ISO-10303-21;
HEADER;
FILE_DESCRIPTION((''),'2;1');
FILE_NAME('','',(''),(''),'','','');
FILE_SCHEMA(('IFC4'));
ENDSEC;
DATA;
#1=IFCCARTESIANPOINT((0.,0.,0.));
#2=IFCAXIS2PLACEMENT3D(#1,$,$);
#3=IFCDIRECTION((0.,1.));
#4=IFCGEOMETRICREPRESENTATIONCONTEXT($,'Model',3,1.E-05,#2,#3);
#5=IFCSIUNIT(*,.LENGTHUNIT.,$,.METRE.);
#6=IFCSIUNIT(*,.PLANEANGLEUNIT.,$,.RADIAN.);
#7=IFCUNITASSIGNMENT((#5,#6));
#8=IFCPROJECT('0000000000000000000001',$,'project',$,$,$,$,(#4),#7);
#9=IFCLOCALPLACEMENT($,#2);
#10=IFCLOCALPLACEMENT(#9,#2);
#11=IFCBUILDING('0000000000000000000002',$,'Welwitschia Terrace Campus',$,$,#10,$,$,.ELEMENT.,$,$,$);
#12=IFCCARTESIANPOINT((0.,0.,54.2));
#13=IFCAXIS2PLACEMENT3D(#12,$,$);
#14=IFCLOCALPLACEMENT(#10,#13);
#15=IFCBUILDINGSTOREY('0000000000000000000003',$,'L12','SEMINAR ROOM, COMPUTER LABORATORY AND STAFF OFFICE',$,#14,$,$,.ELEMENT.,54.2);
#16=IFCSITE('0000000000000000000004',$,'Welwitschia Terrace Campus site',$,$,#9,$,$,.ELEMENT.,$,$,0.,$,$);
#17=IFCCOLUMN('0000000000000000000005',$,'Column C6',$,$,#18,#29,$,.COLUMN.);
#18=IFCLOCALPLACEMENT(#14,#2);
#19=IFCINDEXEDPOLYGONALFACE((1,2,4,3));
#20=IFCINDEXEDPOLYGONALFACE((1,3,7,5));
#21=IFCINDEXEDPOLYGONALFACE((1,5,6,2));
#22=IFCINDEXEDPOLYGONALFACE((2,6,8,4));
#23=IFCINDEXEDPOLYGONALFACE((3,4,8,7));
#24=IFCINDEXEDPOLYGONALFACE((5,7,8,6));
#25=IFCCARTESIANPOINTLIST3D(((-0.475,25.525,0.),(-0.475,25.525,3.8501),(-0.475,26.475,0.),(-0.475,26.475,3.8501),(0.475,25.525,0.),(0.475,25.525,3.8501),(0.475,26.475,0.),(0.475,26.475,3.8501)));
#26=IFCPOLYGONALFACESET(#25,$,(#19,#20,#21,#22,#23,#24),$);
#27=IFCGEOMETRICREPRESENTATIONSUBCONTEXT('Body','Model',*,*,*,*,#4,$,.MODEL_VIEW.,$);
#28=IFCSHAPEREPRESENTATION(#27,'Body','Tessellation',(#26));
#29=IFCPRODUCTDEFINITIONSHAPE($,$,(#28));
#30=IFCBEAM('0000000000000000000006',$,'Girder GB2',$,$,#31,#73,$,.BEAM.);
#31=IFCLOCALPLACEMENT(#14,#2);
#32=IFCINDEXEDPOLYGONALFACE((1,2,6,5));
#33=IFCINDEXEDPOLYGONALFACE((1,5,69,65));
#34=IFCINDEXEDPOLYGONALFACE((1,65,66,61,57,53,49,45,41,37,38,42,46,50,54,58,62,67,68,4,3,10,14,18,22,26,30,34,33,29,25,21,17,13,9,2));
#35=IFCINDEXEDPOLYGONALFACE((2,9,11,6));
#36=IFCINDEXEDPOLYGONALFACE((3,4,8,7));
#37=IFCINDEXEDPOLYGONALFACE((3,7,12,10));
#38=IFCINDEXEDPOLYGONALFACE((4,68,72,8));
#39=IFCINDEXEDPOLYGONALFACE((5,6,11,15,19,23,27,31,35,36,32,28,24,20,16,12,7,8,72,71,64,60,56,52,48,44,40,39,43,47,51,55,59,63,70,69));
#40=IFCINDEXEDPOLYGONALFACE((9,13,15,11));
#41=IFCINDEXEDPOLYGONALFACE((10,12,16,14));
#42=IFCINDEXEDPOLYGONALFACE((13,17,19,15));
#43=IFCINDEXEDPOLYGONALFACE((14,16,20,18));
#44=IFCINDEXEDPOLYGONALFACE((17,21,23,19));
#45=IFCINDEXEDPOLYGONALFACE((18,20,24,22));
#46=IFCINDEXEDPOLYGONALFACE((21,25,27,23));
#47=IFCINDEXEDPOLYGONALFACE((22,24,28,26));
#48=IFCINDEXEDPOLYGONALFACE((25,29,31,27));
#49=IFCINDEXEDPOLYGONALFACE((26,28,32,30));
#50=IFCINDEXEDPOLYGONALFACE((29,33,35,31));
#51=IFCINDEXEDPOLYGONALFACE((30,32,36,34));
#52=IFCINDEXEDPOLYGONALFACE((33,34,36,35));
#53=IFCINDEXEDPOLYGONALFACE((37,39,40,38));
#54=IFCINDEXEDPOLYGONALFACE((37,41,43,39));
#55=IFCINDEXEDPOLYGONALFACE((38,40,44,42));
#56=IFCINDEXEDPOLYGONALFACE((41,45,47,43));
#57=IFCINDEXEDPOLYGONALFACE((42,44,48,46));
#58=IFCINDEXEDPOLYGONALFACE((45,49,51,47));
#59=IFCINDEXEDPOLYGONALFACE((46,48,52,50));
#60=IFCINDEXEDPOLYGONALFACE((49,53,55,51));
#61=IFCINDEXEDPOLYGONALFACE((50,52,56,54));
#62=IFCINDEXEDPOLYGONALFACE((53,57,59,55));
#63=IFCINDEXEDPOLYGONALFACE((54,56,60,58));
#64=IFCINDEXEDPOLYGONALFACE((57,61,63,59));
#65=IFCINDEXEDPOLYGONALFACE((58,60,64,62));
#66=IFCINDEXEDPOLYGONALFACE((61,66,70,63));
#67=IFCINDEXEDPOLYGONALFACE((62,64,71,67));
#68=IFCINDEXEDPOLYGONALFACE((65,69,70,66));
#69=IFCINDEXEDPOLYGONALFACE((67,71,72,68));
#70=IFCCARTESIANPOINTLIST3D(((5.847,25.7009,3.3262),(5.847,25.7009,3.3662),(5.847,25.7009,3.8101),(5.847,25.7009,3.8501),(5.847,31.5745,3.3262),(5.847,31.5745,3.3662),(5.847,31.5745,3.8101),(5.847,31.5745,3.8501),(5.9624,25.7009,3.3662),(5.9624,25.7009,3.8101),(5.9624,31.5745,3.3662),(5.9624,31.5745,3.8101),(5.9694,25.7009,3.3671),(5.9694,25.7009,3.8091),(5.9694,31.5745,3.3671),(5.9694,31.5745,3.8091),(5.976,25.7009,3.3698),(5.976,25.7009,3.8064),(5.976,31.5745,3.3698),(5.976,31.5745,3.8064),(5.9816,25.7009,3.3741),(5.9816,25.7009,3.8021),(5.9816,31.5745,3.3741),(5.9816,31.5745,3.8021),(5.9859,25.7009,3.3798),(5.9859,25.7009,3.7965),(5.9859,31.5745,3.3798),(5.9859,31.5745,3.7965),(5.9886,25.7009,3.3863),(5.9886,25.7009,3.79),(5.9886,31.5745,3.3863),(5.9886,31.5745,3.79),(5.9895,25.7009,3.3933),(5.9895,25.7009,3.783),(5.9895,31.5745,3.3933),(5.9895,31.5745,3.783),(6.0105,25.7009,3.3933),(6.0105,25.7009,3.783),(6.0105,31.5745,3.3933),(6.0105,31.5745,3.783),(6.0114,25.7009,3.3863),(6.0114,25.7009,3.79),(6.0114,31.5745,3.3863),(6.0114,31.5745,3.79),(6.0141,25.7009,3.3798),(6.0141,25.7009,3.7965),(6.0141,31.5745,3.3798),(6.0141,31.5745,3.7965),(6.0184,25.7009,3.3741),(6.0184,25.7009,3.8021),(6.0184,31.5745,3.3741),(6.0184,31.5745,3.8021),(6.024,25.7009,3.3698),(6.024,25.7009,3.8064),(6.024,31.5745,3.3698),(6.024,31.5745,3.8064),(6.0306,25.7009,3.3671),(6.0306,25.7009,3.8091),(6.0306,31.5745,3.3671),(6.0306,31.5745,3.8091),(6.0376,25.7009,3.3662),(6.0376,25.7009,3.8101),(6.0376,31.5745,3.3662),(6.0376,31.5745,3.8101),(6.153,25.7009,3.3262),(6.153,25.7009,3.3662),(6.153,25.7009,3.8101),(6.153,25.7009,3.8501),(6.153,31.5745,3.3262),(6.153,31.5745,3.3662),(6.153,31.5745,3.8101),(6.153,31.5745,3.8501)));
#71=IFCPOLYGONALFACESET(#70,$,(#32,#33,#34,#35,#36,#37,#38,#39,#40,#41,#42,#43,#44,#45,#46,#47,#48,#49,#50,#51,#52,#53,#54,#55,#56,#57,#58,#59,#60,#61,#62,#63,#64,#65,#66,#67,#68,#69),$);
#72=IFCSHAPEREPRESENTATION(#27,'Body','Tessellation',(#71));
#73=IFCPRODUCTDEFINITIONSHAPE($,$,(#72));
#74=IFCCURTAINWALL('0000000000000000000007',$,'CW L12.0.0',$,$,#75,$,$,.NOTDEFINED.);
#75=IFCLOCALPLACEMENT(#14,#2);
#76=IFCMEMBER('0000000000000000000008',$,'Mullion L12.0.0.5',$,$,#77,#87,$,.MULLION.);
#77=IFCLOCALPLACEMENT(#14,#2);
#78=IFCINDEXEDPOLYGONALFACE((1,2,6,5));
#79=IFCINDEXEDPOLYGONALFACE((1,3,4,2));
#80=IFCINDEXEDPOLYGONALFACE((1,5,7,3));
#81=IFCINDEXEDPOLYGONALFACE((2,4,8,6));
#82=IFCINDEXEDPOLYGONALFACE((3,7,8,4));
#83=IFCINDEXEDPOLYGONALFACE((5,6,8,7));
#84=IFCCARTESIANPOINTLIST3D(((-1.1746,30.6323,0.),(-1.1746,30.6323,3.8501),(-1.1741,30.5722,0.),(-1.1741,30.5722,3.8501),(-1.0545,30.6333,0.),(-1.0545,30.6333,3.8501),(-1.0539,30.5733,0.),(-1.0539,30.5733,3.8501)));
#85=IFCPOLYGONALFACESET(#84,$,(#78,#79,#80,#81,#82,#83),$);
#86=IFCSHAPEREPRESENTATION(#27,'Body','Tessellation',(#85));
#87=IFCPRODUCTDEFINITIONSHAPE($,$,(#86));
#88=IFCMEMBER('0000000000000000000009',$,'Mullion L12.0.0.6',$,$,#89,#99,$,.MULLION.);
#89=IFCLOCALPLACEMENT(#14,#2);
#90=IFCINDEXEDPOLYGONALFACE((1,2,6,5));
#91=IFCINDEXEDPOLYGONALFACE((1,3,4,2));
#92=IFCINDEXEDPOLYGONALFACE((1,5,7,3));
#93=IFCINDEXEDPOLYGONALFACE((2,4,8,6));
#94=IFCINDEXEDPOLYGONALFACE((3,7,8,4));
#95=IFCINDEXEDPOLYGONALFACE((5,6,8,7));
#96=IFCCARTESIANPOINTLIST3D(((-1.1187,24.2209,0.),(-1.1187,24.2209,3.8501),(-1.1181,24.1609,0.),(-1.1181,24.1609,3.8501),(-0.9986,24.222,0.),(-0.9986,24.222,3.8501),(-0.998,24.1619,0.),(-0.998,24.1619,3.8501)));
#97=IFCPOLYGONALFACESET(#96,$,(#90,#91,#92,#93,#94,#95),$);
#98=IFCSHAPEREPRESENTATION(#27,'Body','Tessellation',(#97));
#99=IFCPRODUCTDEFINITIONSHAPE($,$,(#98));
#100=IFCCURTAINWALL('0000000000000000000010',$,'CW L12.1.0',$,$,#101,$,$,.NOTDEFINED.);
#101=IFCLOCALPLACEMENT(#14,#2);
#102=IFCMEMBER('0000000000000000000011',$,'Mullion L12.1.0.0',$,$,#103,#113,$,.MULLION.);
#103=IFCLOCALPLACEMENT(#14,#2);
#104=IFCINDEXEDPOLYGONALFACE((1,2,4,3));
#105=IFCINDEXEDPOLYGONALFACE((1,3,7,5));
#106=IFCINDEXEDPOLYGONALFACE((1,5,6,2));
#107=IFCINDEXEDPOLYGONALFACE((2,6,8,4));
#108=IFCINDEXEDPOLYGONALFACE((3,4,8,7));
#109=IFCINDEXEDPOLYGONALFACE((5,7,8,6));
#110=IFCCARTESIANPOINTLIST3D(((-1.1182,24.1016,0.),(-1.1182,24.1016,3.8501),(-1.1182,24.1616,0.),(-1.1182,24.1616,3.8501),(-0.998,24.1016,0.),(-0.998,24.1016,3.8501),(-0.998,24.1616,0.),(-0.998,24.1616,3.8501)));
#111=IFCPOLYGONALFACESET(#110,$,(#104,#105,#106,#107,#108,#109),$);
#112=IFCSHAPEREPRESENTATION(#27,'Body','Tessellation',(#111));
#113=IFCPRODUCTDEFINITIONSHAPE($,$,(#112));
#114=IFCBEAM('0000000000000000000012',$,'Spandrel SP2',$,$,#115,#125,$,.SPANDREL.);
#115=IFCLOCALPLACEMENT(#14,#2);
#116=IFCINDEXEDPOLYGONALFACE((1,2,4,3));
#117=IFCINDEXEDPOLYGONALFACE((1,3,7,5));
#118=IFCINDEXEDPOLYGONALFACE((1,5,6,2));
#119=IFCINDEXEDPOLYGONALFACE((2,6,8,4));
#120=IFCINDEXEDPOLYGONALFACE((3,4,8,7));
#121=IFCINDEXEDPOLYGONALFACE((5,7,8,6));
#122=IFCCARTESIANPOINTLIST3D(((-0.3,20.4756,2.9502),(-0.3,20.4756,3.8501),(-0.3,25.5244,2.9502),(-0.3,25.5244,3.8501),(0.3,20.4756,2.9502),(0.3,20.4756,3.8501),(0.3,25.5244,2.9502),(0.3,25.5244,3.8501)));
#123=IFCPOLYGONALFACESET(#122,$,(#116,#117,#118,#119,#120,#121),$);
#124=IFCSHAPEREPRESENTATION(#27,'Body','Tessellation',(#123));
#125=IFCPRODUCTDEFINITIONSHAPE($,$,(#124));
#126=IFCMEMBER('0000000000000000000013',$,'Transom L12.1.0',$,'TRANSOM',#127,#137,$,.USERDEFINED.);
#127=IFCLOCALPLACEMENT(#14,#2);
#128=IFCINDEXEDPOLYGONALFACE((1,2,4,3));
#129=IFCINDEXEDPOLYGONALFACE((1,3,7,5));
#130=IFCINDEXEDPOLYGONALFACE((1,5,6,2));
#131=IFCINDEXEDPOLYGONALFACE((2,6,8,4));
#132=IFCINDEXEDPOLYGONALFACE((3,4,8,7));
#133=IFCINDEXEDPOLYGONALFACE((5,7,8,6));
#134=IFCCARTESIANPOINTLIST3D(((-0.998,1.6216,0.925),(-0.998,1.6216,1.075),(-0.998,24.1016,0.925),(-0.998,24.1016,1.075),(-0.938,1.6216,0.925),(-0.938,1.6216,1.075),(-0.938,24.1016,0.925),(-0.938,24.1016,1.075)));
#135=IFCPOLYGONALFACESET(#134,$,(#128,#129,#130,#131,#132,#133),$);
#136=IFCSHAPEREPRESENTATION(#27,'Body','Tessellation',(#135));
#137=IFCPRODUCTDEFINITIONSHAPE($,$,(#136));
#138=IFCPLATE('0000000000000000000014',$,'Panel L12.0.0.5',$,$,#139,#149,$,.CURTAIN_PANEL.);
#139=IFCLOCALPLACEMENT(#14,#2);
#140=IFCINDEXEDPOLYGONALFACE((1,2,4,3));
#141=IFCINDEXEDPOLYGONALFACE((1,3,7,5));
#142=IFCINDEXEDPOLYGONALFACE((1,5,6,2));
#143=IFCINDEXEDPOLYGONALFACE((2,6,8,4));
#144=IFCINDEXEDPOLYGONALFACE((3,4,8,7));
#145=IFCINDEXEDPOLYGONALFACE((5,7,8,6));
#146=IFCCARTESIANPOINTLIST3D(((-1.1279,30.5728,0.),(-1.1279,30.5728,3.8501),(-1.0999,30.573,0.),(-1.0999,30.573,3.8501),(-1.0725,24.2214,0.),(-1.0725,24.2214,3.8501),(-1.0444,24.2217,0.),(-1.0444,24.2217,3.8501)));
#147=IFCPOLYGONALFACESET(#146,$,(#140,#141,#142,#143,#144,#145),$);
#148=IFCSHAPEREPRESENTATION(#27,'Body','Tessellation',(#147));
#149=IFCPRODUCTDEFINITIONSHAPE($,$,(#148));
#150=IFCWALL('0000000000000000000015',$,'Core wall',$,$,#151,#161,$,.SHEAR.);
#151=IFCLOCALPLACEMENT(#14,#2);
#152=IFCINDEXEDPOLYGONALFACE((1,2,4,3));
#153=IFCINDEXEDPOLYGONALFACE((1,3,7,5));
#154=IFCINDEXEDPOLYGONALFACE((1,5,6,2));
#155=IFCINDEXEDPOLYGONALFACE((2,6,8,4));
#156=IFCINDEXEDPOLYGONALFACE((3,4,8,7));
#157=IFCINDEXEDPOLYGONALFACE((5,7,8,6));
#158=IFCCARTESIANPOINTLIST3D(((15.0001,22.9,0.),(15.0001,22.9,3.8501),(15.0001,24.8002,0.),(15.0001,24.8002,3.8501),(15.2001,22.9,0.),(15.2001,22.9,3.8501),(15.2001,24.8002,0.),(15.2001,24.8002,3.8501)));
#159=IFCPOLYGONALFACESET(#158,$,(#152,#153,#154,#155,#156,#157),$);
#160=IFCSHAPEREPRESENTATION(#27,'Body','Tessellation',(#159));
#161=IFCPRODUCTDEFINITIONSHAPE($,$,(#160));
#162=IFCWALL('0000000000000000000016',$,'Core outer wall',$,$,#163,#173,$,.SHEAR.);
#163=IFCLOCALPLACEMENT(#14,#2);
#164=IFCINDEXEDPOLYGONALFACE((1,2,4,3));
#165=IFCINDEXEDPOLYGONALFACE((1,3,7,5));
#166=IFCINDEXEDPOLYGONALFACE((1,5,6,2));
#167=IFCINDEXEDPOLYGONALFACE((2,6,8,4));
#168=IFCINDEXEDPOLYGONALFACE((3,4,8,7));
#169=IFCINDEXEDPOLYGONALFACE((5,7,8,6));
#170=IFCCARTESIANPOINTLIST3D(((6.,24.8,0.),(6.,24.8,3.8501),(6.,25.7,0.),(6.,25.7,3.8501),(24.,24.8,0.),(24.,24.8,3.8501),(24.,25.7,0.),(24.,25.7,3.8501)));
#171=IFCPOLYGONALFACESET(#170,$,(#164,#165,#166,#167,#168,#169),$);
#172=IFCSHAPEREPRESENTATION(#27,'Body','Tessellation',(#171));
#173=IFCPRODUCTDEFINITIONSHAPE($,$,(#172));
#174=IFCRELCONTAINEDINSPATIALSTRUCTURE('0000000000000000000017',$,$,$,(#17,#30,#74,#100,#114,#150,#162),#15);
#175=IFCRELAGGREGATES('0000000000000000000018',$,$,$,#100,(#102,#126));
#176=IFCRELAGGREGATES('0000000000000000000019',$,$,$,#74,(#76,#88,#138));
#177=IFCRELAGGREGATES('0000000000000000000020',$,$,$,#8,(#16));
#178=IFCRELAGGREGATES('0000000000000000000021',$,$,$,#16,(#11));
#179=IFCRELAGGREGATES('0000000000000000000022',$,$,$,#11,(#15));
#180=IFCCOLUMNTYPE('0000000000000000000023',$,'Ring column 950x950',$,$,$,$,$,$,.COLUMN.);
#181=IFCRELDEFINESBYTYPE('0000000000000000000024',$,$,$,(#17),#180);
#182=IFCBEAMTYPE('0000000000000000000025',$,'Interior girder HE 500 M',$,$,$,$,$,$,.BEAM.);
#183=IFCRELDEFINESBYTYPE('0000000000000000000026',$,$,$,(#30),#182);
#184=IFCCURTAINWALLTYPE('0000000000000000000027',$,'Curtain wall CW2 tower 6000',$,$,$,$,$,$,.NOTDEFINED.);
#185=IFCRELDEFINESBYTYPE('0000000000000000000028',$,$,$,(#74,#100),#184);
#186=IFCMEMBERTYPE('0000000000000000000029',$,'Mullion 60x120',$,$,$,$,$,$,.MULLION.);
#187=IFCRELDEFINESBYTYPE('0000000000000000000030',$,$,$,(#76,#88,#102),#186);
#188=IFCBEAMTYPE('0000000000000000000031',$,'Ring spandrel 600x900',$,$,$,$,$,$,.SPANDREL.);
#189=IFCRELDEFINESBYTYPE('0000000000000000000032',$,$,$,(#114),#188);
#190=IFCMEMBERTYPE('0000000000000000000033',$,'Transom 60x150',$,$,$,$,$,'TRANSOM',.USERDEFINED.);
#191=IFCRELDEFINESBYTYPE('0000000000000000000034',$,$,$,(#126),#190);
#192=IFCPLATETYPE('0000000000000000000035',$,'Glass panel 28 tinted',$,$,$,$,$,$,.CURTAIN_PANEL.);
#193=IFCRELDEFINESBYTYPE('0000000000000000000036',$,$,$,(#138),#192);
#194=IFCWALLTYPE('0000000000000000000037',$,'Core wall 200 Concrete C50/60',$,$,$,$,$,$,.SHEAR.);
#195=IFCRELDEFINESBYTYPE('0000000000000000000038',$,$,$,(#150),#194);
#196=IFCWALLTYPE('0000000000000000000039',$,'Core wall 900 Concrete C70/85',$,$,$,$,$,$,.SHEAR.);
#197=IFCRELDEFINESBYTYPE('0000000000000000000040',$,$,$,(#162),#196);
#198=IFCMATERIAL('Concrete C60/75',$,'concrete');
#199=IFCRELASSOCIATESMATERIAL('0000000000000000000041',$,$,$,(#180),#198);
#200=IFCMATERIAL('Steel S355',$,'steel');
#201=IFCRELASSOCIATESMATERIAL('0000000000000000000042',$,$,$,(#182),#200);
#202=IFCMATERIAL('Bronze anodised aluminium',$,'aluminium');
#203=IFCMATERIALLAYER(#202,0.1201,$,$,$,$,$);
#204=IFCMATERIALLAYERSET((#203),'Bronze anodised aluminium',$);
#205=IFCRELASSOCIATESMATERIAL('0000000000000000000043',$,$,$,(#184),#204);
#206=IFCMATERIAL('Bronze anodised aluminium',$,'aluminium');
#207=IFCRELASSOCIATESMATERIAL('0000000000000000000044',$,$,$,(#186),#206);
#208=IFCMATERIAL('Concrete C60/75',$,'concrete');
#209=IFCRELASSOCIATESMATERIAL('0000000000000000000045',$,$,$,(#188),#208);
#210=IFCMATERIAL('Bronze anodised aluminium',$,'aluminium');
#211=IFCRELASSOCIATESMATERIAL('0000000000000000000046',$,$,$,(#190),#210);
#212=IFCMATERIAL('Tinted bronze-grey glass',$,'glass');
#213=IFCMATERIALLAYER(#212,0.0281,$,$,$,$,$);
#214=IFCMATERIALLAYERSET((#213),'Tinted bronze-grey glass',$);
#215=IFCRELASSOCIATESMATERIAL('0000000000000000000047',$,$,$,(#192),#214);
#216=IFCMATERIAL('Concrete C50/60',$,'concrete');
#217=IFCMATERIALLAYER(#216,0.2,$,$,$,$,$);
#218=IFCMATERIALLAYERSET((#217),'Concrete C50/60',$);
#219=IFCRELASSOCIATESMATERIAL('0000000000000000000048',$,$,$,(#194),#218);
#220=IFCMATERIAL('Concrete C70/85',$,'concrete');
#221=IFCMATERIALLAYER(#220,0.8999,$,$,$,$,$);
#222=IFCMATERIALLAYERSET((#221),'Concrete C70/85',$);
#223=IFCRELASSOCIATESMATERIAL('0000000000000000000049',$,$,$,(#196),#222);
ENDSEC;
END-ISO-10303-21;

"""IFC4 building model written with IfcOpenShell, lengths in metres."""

from ifc_helpers import new_model, si_unit, direction, frame, frame_2d, origin, origin_2d, place, context, subcontext, project, spatial, rectangle, i_section, extrude, material, layer, layer_set, material_profile, profile_set, type_object, element, aggregate, save


model = new_model("IFC4")

# Units and contexts
model_context = context("Model", 3, precision=1e-05, world=origin(), true_north=direction((0.0, 1.0)))
body_context = subcontext(model_context, "Body", "Model", "MODEL_VIEW")
ifc_project = project(units=[si_unit("LENGTHUNIT", "METRE"), si_unit("PLANEANGLEUNIT", "RADIAN")], contexts=[model_context])

# Site, building, storey
site_placement = place(None, origin())
site = spatial("IfcSite", under=ifc_project, at=site_placement, Name="Welwitschia Terrace Campus site", CompositionType="ELEMENT", RefElevation=0.0)
building_placement = place(site_placement, origin())
building = spatial("IfcBuilding", under=site, at=building_placement, Name="Welwitschia Terrace Campus", CompositionType="ELEMENT")
storey_placement = place(building_placement, frame((0.0, 0.0, 54.2)))
storey = spatial("IfcBuildingStorey", under=building, at=storey_placement, Name="L12", Description="SEMINAR ROOM, COMPUTER LABORATORY AND STAFF OFFICE", CompositionType="ELEMENT", Elevation=54.2)

# Column
ifc_material_1 = material(Name="Concrete C60/75", Category="concrete")
ifc_material_profile_1 = material_profile(ifc_material_1, rectangle(XDim=0.95, YDim=0.95, at=origin_2d()))
ifc_profile_set_1 = profile_set([ifc_material_profile_1], Name="Concrete C60/75")
column_type = type_object("IfcColumnType", Name="Ring column 950x950", PredefinedType="COLUMN", material=ifc_profile_set_1)
column_placement = place(storey_placement, frame((0.0, 26.0, 0.0), z_axis=(0.0, 0.0, 1.0), x_axis=(1.0, 0.0, 0.0)))
element("IfcColumn", 1, at=column_placement, inside=storey, type_object=column_type, Name="Column C6", PredefinedType="COLUMN", context=body_context, shape_type="SweptSolid", body=[
    extrude(rectangle(XDim=0.95, YDim=0.95, at=origin_2d()), origin(), (0.0, 0.0, 1.0), 3.8501),
])

# Beam
ifc_material_2 = material(Name="Steel S355", Category="steel")
ifc_material_profile_2 = material_profile(ifc_material_2, i_section(OverallWidth=0.3059, OverallDepth=0.5239, WebThickness=0.021, FlangeThickness=0.04, FilletRadius=0.0271, at=origin_2d()))
ifc_profile_set_2 = profile_set([ifc_material_profile_2], Name="Steel S355")
beam_type_1 = type_object("IfcBeamType", Name="Interior girder HE 500 M", PredefinedType="BEAM", material=ifc_profile_set_2)
beam_1_placement = place(storey_placement, frame((6.0, 25.7009, 3.5881), z_axis=(0.0, 1.0, 0.0), x_axis=(-1.0, 0.0, 0.0)))
element("IfcBeam", 2, at=beam_1_placement, inside=storey, type_object=beam_type_1, Name="Girder GB2", PredefinedType="BEAM", context=body_context, shape_type="SweptSolid", body=[
    extrude(i_section(OverallWidth=0.3059, OverallDepth=0.5239, WebThickness=0.021, FlangeThickness=0.04, FilletRadius=0.0271, at=origin_2d()), origin(), (0.0, 0.0, 1.0), 5.8735),
])

# Curtain wall, members
ifc_material_3 = material(Name="Bronze anodised aluminium", Category="aluminium")
ifc_layer_1 = layer(ifc_material_3, 0.1201)
ifc_layer_set_1 = layer_set([ifc_layer_1], Name="Bronze anodised aluminium")
curtain_wall_type = type_object("IfcCurtainWallType", Name="Curtain wall CW2 tower 6000", PredefinedType="NOTDEFINED", material=ifc_layer_set_1)
curtain_wall_1_placement = place(storey_placement, origin())
curtain_wall_1 = element("IfcCurtainWall", 3, at=curtain_wall_1_placement, inside=storey, type_object=curtain_wall_type, Name="CW L12.0.0", PredefinedType="NOTDEFINED")
ifc_material_4 = material(Name="Bronze anodised aluminium", Category="aluminium")
ifc_material_profile_3 = material_profile(ifc_material_4, rectangle(XDim=0.1201, YDim=0.0601, at=origin_2d()))
ifc_profile_set_3 = profile_set([ifc_material_profile_3], Name="Bronze anodised aluminium")
member_type_1 = type_object("IfcMemberType", Name="Mullion 60x120", PredefinedType="MULLION", material=ifc_profile_set_3)
member_1_placement = place(storey_placement, frame((-1.1143, 30.6028, 0.0), z_axis=(0.0, 0.0, 1.0), x_axis=(0.999962, 0.008727, 0.0)))
member_1 = element("IfcMember", 4, at=member_1_placement, type_object=member_type_1, Name="Mullion L12.0.0.5", PredefinedType="MULLION", context=body_context, shape_type="SweptSolid", body=[
    extrude(rectangle(XDim=0.1201, YDim=0.0601, at=origin_2d()), origin(), (0.0, 0.0, 1.0), 3.8501),
])
member_2_placement = place(storey_placement, frame((-1.0583, 24.1914, 0.0), z_axis=(0.0, 0.0, 1.0), x_axis=(0.999962, 0.008727, 0.0)))
member_2 = element("IfcMember", 5, at=member_2_placement, type_object=member_type_1, Name="Mullion L12.0.0.6", PredefinedType="MULLION", context=body_context, shape_type="SweptSolid", body=[
    extrude(rectangle(XDim=0.1201, YDim=0.0601, at=origin_2d()), origin(), (0.0, 0.0, 1.0), 3.8501),
])

# Curtain wall, member
curtain_wall_2_placement = place(storey_placement, origin())
curtain_wall_2 = element("IfcCurtainWall", 6, at=curtain_wall_2_placement, inside=storey, type_object=curtain_wall_type, Name="CW L12.1.0", PredefinedType="NOTDEFINED")
member_3_placement = place(storey_placement, frame((-1.0581, 24.1316, 0.0), z_axis=(0.0, 0.0, 1.0), x_axis=(1.0, 0.0, 0.0)))
member_3 = element("IfcMember", 7, at=member_3_placement, type_object=member_type_1, Name="Mullion L12.1.0.0", PredefinedType="MULLION", context=body_context, shape_type="SweptSolid", body=[
    extrude(rectangle(XDim=0.1201, YDim=0.0601, at=origin_2d()), origin(), (0.0, 0.0, 1.0), 3.8501),
])

# Beam
ifc_material_5 = material(Name="Concrete C60/75", Category="concrete")
ifc_material_profile_4 = material_profile(ifc_material_5, rectangle(XDim=0.6001, YDim=0.8999, at=origin_2d()))
ifc_profile_set_4 = profile_set([ifc_material_profile_4], Name="Concrete C60/75")
beam_type_2 = type_object("IfcBeamType", Name="Ring spandrel 600x900", PredefinedType="SPANDREL", material=ifc_profile_set_4)
beam_2_placement = place(storey_placement, frame((0.0, 25.5244, 3.4001), z_axis=(0.0, -1.0, 0.0), x_axis=(1.0, 0.0, 0.0)))
element("IfcBeam", 8, at=beam_2_placement, inside=storey, type_object=beam_type_2, Name="Spandrel SP2", PredefinedType="SPANDREL", context=body_context, shape_type="SweptSolid", body=[
    extrude(rectangle(XDim=0.6001, YDim=0.8999, at=origin_2d()), origin(), (0.0, 0.0, 1.0), 5.0488),
])

# Member
ifc_material_6 = material(Name="Bronze anodised aluminium", Category="aluminium")
ifc_material_profile_5 = material_profile(ifc_material_6, rectangle(XDim=0.0601, YDim=0.1499, at=origin_2d()))
ifc_profile_set_5 = profile_set([ifc_material_profile_5], Name="Bronze anodised aluminium")
member_type_2 = type_object("IfcMemberType", Name="Transom 60x150", ElementType="TRANSOM", PredefinedType="USERDEFINED", material=ifc_profile_set_5)
member_4_placement = place(storey_placement, frame((-0.968, 24.1016, 1.0), z_axis=(0.0, -1.0, 0.0), x_axis=(1.0, 0.0, 0.0)))
member_4 = element("IfcMember", 9, at=member_4_placement, type_object=member_type_2, Name="Transom L12.1.0", ObjectType="TRANSOM", PredefinedType="USERDEFINED", context=body_context, shape_type="SweptSolid", body=[
    extrude(rectangle(XDim=0.0601, YDim=0.1499, at=origin_2d()), origin(), (0.0, 0.0, 1.0), 22.48),
])
aggregate(curtain_wall_2, [member_3, member_4])

# Plate
ifc_material_7 = material(Name="Tinted bronze-grey glass", Category="glass")
ifc_layer_2 = layer(ifc_material_7, 0.0281)
ifc_layer_set_2 = layer_set([ifc_layer_2], Name="Tinted bronze-grey glass")
plate_type = type_object("IfcPlateType", Name="Glass panel 28 tinted", PredefinedType="CURTAIN_PANEL", material=ifc_layer_set_2)
plate_placement = place(storey_placement, frame((-1.0862, 27.3972, 0.0), z_axis=(0.0, 0.0, 1.0), x_axis=(0.008727, -0.999962, 0.0)))
plate = element("IfcPlate", 10, at=plate_placement, type_object=plate_type, Name="Panel L12.0.0.5", PredefinedType="CURTAIN_PANEL", context=body_context, shape_type="SweptSolid", body=[
    extrude(rectangle(XDim=6.3516, YDim=0.0281, at=origin_2d()), origin(), (0.0, 0.0, 1.0), 3.8501),
])
aggregate(curtain_wall_1, [member_1, member_2, plate])

# Walls
ifc_material_8 = material(Name="Concrete C50/60", Category="concrete")
ifc_layer_3 = layer(ifc_material_8, 0.2)
ifc_layer_set_3 = layer_set([ifc_layer_3], Name="Concrete C50/60")
wall_type_1 = type_object("IfcWallType", Name="Core wall 200 Concrete C50/60", PredefinedType="SHEAR", material=ifc_layer_set_3)
wall_1_placement = place(storey_placement, frame((15.1001, 22.8999, 0.0), z_axis=(0.0, 0.0, 1.0), x_axis=(0.0, 1.0, 0.0)))
element("IfcWall", 11, at=wall_1_placement, inside=storey, type_object=wall_type_1, Name="Core wall", PredefinedType="SHEAR", context=body_context, shape_type="SweptSolid", body=[
    extrude(rectangle(XDim=1.9001, YDim=0.2, at=frame_2d((0.9502, 0.0))), origin(), (0.0, 0.0, 1.0), 3.8501),
])
ifc_material_9 = material(Name="Concrete C70/85", Category="concrete")
ifc_layer_4 = layer(ifc_material_9, 0.8999)
ifc_layer_set_4 = layer_set([ifc_layer_4], Name="Concrete C70/85")
wall_type_2 = type_object("IfcWallType", Name="Core wall 900 Concrete C70/85", PredefinedType="SHEAR", material=ifc_layer_set_4)
wall_2_placement = place(storey_placement, frame((6.0, 25.25, 0.0), z_axis=(0.0, 0.0, 1.0), x_axis=(1.0, 0.0, 0.0)))
element("IfcWall", 12, at=wall_2_placement, inside=storey, type_object=wall_type_2, Name="Core outer wall", PredefinedType="SHEAR", context=body_context, shape_type="SweptSolid", body=[
    extrude(rectangle(XDim=18.0, YDim=0.8999, at=frame_2d((9.0, 0.0))), origin(), (0.0, 0.0, 1.0), 3.8501),
])

save(model, "model.ifc")
